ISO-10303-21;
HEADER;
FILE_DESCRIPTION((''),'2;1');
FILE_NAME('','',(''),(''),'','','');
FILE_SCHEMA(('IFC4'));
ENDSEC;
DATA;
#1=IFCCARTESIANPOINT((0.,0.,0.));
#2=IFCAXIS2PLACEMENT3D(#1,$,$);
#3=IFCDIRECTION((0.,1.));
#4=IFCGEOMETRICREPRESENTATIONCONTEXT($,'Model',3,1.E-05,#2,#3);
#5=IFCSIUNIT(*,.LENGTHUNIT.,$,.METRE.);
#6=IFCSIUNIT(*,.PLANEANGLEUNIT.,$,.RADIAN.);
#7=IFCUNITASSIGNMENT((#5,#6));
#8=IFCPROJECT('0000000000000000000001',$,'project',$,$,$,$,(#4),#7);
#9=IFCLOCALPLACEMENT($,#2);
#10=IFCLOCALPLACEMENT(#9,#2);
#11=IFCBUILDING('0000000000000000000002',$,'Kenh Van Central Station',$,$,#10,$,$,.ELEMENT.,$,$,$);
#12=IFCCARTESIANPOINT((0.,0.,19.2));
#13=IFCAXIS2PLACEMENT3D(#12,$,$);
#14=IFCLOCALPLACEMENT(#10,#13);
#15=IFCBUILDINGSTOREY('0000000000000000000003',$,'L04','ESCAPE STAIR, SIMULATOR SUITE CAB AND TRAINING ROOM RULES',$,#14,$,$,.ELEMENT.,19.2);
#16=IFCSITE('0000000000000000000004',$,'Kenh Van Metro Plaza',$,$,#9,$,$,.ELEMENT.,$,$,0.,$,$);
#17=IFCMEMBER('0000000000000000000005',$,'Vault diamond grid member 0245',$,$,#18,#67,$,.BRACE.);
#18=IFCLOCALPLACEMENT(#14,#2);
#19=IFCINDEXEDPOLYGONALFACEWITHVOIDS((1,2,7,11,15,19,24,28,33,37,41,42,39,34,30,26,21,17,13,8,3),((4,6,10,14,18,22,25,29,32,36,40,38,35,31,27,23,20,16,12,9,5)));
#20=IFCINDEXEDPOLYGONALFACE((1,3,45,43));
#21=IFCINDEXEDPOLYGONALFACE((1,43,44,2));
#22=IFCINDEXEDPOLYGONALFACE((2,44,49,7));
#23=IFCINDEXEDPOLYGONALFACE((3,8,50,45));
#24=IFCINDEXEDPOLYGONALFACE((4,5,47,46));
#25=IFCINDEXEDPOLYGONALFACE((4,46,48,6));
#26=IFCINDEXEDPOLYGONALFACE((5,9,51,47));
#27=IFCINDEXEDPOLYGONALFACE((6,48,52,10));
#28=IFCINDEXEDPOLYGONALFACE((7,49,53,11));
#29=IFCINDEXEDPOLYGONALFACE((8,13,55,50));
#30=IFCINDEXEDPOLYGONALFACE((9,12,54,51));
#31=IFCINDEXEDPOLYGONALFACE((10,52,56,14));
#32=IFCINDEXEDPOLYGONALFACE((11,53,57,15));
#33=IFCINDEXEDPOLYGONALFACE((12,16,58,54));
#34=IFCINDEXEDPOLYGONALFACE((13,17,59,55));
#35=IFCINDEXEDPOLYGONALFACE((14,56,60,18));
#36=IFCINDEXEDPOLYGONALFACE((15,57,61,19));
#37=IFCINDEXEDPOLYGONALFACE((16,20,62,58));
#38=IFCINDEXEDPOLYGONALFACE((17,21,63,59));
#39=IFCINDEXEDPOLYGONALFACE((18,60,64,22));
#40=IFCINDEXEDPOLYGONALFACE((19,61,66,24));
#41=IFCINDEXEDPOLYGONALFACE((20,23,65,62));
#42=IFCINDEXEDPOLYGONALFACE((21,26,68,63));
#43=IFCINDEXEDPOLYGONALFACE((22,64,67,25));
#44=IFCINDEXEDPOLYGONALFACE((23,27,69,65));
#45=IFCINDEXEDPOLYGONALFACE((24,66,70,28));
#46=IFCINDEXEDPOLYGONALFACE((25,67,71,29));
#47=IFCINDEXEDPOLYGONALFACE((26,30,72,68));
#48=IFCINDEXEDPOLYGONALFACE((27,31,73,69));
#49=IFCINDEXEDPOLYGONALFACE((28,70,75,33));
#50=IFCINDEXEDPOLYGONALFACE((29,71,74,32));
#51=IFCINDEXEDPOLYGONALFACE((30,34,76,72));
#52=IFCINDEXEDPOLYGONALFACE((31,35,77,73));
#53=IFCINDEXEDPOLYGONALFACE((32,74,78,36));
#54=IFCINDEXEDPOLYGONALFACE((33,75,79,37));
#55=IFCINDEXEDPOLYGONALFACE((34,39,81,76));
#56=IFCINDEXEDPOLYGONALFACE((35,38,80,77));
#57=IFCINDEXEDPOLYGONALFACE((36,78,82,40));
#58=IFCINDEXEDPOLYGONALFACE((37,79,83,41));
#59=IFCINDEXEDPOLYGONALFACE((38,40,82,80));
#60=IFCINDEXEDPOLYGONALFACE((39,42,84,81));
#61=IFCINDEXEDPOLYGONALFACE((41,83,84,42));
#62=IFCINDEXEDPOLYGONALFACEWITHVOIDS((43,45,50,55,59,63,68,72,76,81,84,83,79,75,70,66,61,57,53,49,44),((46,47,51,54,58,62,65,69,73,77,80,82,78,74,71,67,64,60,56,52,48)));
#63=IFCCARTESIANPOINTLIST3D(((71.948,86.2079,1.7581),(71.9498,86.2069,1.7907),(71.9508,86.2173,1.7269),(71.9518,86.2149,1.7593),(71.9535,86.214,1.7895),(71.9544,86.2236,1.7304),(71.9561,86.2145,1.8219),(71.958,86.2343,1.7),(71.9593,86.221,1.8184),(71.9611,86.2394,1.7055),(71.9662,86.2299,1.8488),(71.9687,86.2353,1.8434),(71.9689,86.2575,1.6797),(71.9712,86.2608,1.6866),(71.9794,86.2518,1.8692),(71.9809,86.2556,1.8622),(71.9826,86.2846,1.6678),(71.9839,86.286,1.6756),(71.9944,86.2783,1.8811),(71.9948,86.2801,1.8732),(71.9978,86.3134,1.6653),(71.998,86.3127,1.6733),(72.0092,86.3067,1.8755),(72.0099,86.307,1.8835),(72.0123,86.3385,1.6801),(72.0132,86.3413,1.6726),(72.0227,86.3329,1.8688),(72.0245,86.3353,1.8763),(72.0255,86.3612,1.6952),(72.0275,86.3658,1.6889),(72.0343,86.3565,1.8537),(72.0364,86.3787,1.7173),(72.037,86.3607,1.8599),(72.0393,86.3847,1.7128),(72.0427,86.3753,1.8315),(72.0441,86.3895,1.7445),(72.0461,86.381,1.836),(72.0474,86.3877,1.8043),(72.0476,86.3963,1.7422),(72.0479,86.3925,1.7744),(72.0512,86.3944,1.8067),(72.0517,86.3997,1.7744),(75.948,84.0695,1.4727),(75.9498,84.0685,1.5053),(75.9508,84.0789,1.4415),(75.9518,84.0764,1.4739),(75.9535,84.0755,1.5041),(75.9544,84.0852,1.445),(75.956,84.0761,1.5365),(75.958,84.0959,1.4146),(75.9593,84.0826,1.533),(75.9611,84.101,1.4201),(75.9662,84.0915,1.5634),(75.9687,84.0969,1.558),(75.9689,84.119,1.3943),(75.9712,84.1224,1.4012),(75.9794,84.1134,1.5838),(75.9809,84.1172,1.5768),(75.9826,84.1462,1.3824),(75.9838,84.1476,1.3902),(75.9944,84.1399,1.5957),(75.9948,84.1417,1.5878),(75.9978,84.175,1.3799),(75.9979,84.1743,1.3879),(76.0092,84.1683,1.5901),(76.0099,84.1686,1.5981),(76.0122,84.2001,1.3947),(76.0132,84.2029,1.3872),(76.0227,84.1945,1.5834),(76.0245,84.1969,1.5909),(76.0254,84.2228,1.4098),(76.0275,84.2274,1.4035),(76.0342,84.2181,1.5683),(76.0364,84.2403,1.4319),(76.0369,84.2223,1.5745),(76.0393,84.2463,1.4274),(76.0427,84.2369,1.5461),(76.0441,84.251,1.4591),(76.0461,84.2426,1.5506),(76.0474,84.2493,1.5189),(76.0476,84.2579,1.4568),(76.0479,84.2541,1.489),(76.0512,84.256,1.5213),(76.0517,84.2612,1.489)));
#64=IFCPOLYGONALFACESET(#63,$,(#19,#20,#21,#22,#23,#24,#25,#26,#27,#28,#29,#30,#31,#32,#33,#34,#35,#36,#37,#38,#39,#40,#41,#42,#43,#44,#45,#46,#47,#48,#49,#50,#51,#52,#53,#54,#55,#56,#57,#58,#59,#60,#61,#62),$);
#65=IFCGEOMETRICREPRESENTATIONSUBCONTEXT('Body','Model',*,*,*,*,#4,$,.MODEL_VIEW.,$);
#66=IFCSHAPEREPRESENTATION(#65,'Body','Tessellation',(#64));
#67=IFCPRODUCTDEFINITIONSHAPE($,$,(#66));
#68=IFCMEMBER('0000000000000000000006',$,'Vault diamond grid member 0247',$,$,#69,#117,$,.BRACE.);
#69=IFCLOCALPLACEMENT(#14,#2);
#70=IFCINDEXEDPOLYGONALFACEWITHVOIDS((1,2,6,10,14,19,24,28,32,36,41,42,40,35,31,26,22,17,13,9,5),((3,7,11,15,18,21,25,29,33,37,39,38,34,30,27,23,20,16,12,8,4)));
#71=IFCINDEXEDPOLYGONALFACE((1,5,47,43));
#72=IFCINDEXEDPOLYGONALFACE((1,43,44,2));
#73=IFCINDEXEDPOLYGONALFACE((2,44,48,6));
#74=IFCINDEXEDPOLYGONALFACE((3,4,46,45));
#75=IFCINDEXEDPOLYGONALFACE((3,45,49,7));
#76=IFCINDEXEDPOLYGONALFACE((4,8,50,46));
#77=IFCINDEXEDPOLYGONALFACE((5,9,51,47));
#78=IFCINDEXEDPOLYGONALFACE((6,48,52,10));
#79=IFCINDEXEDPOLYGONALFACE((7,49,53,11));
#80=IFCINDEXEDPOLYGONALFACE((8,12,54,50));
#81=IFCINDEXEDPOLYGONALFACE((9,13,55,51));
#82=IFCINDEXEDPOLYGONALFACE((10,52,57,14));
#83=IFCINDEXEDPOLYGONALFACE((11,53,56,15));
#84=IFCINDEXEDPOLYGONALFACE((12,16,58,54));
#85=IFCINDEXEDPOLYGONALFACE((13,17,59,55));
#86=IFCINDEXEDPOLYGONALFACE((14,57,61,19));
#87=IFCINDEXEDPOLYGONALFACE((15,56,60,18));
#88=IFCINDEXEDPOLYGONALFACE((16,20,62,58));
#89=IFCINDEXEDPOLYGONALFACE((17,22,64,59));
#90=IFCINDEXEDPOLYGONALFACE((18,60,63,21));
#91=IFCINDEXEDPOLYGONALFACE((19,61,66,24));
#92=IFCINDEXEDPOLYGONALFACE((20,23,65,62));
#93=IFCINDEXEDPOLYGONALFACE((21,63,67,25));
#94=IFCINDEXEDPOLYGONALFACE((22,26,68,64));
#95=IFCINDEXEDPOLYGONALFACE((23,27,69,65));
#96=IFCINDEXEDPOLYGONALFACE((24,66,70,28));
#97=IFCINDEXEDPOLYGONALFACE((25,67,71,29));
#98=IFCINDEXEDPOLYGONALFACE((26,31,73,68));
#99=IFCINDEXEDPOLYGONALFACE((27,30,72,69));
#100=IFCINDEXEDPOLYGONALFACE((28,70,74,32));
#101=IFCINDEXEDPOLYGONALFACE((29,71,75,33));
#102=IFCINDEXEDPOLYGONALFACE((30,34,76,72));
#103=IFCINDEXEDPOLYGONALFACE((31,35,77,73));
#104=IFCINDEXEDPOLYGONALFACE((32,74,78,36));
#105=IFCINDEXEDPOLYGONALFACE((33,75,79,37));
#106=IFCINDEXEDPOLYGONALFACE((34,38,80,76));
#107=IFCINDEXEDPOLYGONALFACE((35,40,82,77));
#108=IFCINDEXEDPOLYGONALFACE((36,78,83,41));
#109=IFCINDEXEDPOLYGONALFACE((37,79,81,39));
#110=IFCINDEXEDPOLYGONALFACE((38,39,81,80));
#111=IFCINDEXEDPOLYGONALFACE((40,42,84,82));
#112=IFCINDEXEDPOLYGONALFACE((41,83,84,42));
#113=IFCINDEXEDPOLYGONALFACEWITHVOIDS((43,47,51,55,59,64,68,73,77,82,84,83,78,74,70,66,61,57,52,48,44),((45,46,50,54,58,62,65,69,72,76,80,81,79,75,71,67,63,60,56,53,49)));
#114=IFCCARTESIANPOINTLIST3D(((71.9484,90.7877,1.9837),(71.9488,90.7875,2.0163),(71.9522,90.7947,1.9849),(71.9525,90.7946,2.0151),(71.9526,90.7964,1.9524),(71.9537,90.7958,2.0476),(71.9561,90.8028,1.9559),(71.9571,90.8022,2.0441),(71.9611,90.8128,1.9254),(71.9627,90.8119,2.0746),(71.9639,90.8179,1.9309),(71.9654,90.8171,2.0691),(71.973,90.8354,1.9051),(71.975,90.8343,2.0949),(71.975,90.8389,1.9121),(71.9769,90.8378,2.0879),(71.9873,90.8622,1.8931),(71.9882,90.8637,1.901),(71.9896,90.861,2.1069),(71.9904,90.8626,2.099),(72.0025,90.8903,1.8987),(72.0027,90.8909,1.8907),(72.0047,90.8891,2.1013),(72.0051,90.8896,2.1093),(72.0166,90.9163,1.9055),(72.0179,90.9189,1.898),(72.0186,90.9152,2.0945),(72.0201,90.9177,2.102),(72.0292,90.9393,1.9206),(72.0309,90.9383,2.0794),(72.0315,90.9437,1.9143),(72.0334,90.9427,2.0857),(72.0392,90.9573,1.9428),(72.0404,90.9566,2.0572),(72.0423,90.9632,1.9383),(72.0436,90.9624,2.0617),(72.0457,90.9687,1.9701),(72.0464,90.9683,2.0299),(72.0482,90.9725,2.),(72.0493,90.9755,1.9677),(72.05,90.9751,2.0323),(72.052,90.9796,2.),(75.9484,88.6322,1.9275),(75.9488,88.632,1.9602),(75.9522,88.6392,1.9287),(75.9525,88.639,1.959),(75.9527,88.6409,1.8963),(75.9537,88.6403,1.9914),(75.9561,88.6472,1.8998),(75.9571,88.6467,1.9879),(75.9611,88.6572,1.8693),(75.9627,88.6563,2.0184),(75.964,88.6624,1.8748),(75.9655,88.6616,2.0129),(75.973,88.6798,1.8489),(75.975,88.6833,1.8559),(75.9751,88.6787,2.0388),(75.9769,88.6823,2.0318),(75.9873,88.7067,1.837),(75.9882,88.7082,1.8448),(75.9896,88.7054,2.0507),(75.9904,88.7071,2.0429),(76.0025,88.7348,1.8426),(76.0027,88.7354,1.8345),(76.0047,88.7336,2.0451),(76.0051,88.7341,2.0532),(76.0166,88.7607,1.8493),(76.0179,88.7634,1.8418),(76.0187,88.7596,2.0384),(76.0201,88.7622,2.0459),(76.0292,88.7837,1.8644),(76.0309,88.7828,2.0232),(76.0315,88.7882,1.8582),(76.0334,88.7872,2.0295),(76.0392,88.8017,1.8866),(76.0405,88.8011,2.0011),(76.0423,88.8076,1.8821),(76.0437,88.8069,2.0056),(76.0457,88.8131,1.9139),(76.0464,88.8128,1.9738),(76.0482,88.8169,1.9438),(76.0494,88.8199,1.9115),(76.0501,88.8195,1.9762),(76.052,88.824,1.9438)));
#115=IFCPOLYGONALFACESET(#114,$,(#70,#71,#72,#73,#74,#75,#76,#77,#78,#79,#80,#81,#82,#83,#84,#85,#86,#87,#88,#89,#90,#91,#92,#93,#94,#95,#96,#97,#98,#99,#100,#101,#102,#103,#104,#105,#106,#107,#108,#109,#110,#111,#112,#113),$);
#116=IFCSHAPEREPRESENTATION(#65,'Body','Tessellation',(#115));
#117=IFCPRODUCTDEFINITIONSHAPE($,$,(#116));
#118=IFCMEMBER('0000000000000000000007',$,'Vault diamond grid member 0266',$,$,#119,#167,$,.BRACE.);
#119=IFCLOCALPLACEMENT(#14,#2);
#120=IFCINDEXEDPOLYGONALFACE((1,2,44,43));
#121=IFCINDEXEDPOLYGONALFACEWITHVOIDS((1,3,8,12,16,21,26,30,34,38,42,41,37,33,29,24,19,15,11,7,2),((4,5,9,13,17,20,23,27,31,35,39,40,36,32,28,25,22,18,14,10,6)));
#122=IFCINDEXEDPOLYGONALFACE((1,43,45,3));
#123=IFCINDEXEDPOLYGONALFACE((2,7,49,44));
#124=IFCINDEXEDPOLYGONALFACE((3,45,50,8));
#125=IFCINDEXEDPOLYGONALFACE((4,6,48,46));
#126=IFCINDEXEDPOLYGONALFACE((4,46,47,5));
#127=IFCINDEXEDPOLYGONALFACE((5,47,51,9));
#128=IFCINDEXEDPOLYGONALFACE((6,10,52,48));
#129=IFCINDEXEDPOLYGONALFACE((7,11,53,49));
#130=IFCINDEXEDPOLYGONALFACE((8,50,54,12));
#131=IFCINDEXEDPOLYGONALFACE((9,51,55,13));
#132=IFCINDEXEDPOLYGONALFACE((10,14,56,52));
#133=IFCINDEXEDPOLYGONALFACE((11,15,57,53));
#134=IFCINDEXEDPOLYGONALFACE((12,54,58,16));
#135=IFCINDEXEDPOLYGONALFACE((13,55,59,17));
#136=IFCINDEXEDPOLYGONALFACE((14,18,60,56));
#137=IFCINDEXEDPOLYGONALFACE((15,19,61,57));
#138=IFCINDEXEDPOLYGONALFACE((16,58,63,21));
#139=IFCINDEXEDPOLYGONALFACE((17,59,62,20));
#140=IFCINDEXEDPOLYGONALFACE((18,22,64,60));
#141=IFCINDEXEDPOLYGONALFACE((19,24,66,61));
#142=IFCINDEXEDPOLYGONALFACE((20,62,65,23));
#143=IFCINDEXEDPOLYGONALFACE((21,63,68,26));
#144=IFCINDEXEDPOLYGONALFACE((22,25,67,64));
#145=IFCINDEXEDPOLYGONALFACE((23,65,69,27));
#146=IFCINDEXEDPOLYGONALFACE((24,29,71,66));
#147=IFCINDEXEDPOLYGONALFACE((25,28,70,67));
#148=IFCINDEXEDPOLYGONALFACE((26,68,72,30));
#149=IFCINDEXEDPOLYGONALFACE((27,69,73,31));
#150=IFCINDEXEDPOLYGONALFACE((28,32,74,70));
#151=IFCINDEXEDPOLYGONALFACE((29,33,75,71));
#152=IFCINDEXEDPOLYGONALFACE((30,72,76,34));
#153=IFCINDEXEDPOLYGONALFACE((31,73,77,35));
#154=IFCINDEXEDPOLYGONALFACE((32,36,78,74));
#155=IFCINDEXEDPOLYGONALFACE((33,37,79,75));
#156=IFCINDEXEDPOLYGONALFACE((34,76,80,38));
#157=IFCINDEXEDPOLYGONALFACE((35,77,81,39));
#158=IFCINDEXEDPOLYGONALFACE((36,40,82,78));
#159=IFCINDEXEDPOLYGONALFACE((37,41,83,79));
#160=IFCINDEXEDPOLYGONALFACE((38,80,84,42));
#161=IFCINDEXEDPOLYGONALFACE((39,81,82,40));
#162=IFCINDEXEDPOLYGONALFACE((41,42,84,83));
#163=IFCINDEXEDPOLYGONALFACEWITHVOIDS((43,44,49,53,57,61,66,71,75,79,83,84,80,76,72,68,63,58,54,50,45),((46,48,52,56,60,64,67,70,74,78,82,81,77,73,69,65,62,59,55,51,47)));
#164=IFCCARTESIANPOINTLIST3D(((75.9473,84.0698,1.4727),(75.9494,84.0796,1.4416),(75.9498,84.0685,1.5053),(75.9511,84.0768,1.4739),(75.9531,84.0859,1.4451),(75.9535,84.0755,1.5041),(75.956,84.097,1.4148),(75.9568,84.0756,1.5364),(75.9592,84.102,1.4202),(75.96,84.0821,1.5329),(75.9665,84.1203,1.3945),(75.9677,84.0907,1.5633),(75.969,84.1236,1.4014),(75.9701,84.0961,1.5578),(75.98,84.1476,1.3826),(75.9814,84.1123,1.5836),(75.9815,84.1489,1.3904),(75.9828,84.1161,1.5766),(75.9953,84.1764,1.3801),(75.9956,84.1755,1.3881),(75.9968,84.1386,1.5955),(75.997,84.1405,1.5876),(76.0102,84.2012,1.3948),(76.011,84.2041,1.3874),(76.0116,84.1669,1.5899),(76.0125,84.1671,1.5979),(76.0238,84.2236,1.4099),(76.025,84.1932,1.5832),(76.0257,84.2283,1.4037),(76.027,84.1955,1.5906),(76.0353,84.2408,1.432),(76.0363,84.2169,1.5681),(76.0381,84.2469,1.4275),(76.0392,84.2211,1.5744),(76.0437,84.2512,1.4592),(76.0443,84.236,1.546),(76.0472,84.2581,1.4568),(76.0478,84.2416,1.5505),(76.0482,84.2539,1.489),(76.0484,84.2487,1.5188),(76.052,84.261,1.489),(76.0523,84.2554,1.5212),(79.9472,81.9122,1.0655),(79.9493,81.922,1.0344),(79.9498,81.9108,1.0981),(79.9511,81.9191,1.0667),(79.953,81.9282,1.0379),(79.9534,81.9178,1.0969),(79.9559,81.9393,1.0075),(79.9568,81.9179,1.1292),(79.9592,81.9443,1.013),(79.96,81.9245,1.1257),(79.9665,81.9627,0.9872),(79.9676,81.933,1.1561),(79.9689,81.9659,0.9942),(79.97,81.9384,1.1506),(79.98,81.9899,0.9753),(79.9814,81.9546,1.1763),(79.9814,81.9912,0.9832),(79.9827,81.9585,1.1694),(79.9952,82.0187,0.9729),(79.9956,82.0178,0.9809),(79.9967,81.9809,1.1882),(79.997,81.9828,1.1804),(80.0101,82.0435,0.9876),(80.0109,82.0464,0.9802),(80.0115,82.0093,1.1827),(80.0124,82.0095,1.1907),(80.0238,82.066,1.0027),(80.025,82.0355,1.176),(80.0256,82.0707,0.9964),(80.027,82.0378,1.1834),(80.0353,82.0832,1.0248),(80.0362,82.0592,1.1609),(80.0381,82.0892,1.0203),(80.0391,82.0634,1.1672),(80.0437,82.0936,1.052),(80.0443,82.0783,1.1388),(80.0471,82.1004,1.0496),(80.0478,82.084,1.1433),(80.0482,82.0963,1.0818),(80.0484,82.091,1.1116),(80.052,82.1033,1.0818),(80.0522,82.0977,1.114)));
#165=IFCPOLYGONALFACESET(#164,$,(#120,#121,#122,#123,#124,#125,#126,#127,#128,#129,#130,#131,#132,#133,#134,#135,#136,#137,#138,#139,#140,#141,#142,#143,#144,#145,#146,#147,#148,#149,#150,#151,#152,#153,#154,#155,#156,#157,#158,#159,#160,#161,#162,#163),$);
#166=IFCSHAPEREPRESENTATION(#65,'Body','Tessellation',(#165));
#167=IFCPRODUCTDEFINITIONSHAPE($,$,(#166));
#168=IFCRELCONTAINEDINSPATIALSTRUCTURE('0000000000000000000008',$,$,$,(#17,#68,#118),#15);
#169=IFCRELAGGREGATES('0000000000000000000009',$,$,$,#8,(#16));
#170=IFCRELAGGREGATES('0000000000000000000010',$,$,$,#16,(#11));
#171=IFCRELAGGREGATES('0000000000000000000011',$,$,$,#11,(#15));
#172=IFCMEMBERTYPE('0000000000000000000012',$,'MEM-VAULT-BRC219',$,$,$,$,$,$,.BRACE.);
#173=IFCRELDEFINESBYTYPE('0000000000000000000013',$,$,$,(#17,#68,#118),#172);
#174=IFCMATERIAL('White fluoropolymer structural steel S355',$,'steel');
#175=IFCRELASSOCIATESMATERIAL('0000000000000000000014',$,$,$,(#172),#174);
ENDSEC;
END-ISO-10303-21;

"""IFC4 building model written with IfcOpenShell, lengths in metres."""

from ifc_helpers import new_model, si_unit, direction, frame, origin, origin_2d, place, context, subcontext, project, spatial, hollow_circle, extrude, material, material_profile, profile_set, type_object, element, save


model = new_model("IFC4")

# Units and contexts
model_context = context("Model", 3, precision=1e-05, world=origin(), true_north=direction((0.0, 1.0)))
body_context = subcontext(model_context, "Body", "Model", "MODEL_VIEW")
ifc_project = project(units=[si_unit("LENGTHUNIT", "METRE"), si_unit("PLANEANGLEUNIT", "RADIAN")], contexts=[model_context])

# Site, building, storey
site_placement = place(None, origin())
site = spatial("IfcSite", under=ifc_project, at=site_placement, Name="Kenh Van Metro Plaza", CompositionType="ELEMENT", RefElevation=0.0)
building_placement = place(site_placement, origin())
building = spatial("IfcBuilding", under=site, at=building_placement, Name="Kenh Van Central Station", CompositionType="ELEMENT")
storey_placement = place(building_placement, frame((0.0, 0.0, 19.2)))
storey = spatial("IfcBuildingStorey", under=building, at=storey_placement, Name="L04", Description="ESCAPE STAIR, SIMULATOR SUITE CAB AND TRAINING ROOM RULES", CompositionType="ELEMENT", Elevation=19.2)

# Shared definitions
ifc_material_1 = material(Name="White fluoropolymer structural steel S355", Category="steel")

# Members
ifc_material_profile_1 = material_profile(ifc_material_1, hollow_circle(Radius=0.1096, WallThickness=0.0081, at=origin_2d()), Name="CHS 219.1x8")
ifc_profile_set_1 = profile_set([ifc_material_profile_1], Name="White fluoropolymer structural steel S355")
member_type_1 = type_object("IfcMemberType", Name="MEM-VAULT-BRC219", PredefinedType="BRACE", material=ifc_profile_set_1)
member_1_placement = place(storey_placement, frame((72.0, 86.303, 1.7744), z_axis=(0.880145, -0.470532, -0.062798), x_axis=(0.471462, 0.881886, 0.0)))
element("IfcMember", 1, at=member_1_placement, inside=storey, type_object=member_type_1, Name="Vault diamond grid member 0245", PredefinedType="BRACE", context=body_context, shape_type="SweptSolid", body=[
    extrude(hollow_circle(Radius=0.1096, WallThickness=0.0081, at=origin_2d()), origin(), (0.0, 0.0, 1.0), 4.5447),
])
member_2_placement = place(storey_placement, frame((72.0, 90.8831, 2.0), z_axis=(0.88025, -0.474349, -0.012357), x_axis=(0.474385, 0.880318, 0.0)))
element("IfcMember", 2, at=member_2_placement, inside=storey, type_object=member_type_1, Name="Vault diamond grid member 0247", PredefinedType="BRACE", context=body_context, shape_type="SweptSolid", body=[
    extrude(hollow_circle(Radius=0.1096, WallThickness=0.0081, at=origin_2d()), origin(), (0.0, 0.0, 1.0), 4.5442),
])
member_3_placement = place(storey_placement, frame((76.0, 84.1646, 1.489), z_axis=(0.876604, -0.472865, -0.089244), x_axis=(0.47476, 0.880116, 0.0)))
element("IfcMember", 3, at=member_3_placement, inside=storey, type_object=member_type_1, Name="Vault diamond grid member 0266", PredefinedType="BRACE", context=body_context, shape_type="SweptSolid", body=[
    extrude(hollow_circle(Radius=0.1096, WallThickness=0.0081, at=origin_2d()), origin(), (0.0, 0.0, 1.0), 4.563),
])

save(model, "model.ifc")
